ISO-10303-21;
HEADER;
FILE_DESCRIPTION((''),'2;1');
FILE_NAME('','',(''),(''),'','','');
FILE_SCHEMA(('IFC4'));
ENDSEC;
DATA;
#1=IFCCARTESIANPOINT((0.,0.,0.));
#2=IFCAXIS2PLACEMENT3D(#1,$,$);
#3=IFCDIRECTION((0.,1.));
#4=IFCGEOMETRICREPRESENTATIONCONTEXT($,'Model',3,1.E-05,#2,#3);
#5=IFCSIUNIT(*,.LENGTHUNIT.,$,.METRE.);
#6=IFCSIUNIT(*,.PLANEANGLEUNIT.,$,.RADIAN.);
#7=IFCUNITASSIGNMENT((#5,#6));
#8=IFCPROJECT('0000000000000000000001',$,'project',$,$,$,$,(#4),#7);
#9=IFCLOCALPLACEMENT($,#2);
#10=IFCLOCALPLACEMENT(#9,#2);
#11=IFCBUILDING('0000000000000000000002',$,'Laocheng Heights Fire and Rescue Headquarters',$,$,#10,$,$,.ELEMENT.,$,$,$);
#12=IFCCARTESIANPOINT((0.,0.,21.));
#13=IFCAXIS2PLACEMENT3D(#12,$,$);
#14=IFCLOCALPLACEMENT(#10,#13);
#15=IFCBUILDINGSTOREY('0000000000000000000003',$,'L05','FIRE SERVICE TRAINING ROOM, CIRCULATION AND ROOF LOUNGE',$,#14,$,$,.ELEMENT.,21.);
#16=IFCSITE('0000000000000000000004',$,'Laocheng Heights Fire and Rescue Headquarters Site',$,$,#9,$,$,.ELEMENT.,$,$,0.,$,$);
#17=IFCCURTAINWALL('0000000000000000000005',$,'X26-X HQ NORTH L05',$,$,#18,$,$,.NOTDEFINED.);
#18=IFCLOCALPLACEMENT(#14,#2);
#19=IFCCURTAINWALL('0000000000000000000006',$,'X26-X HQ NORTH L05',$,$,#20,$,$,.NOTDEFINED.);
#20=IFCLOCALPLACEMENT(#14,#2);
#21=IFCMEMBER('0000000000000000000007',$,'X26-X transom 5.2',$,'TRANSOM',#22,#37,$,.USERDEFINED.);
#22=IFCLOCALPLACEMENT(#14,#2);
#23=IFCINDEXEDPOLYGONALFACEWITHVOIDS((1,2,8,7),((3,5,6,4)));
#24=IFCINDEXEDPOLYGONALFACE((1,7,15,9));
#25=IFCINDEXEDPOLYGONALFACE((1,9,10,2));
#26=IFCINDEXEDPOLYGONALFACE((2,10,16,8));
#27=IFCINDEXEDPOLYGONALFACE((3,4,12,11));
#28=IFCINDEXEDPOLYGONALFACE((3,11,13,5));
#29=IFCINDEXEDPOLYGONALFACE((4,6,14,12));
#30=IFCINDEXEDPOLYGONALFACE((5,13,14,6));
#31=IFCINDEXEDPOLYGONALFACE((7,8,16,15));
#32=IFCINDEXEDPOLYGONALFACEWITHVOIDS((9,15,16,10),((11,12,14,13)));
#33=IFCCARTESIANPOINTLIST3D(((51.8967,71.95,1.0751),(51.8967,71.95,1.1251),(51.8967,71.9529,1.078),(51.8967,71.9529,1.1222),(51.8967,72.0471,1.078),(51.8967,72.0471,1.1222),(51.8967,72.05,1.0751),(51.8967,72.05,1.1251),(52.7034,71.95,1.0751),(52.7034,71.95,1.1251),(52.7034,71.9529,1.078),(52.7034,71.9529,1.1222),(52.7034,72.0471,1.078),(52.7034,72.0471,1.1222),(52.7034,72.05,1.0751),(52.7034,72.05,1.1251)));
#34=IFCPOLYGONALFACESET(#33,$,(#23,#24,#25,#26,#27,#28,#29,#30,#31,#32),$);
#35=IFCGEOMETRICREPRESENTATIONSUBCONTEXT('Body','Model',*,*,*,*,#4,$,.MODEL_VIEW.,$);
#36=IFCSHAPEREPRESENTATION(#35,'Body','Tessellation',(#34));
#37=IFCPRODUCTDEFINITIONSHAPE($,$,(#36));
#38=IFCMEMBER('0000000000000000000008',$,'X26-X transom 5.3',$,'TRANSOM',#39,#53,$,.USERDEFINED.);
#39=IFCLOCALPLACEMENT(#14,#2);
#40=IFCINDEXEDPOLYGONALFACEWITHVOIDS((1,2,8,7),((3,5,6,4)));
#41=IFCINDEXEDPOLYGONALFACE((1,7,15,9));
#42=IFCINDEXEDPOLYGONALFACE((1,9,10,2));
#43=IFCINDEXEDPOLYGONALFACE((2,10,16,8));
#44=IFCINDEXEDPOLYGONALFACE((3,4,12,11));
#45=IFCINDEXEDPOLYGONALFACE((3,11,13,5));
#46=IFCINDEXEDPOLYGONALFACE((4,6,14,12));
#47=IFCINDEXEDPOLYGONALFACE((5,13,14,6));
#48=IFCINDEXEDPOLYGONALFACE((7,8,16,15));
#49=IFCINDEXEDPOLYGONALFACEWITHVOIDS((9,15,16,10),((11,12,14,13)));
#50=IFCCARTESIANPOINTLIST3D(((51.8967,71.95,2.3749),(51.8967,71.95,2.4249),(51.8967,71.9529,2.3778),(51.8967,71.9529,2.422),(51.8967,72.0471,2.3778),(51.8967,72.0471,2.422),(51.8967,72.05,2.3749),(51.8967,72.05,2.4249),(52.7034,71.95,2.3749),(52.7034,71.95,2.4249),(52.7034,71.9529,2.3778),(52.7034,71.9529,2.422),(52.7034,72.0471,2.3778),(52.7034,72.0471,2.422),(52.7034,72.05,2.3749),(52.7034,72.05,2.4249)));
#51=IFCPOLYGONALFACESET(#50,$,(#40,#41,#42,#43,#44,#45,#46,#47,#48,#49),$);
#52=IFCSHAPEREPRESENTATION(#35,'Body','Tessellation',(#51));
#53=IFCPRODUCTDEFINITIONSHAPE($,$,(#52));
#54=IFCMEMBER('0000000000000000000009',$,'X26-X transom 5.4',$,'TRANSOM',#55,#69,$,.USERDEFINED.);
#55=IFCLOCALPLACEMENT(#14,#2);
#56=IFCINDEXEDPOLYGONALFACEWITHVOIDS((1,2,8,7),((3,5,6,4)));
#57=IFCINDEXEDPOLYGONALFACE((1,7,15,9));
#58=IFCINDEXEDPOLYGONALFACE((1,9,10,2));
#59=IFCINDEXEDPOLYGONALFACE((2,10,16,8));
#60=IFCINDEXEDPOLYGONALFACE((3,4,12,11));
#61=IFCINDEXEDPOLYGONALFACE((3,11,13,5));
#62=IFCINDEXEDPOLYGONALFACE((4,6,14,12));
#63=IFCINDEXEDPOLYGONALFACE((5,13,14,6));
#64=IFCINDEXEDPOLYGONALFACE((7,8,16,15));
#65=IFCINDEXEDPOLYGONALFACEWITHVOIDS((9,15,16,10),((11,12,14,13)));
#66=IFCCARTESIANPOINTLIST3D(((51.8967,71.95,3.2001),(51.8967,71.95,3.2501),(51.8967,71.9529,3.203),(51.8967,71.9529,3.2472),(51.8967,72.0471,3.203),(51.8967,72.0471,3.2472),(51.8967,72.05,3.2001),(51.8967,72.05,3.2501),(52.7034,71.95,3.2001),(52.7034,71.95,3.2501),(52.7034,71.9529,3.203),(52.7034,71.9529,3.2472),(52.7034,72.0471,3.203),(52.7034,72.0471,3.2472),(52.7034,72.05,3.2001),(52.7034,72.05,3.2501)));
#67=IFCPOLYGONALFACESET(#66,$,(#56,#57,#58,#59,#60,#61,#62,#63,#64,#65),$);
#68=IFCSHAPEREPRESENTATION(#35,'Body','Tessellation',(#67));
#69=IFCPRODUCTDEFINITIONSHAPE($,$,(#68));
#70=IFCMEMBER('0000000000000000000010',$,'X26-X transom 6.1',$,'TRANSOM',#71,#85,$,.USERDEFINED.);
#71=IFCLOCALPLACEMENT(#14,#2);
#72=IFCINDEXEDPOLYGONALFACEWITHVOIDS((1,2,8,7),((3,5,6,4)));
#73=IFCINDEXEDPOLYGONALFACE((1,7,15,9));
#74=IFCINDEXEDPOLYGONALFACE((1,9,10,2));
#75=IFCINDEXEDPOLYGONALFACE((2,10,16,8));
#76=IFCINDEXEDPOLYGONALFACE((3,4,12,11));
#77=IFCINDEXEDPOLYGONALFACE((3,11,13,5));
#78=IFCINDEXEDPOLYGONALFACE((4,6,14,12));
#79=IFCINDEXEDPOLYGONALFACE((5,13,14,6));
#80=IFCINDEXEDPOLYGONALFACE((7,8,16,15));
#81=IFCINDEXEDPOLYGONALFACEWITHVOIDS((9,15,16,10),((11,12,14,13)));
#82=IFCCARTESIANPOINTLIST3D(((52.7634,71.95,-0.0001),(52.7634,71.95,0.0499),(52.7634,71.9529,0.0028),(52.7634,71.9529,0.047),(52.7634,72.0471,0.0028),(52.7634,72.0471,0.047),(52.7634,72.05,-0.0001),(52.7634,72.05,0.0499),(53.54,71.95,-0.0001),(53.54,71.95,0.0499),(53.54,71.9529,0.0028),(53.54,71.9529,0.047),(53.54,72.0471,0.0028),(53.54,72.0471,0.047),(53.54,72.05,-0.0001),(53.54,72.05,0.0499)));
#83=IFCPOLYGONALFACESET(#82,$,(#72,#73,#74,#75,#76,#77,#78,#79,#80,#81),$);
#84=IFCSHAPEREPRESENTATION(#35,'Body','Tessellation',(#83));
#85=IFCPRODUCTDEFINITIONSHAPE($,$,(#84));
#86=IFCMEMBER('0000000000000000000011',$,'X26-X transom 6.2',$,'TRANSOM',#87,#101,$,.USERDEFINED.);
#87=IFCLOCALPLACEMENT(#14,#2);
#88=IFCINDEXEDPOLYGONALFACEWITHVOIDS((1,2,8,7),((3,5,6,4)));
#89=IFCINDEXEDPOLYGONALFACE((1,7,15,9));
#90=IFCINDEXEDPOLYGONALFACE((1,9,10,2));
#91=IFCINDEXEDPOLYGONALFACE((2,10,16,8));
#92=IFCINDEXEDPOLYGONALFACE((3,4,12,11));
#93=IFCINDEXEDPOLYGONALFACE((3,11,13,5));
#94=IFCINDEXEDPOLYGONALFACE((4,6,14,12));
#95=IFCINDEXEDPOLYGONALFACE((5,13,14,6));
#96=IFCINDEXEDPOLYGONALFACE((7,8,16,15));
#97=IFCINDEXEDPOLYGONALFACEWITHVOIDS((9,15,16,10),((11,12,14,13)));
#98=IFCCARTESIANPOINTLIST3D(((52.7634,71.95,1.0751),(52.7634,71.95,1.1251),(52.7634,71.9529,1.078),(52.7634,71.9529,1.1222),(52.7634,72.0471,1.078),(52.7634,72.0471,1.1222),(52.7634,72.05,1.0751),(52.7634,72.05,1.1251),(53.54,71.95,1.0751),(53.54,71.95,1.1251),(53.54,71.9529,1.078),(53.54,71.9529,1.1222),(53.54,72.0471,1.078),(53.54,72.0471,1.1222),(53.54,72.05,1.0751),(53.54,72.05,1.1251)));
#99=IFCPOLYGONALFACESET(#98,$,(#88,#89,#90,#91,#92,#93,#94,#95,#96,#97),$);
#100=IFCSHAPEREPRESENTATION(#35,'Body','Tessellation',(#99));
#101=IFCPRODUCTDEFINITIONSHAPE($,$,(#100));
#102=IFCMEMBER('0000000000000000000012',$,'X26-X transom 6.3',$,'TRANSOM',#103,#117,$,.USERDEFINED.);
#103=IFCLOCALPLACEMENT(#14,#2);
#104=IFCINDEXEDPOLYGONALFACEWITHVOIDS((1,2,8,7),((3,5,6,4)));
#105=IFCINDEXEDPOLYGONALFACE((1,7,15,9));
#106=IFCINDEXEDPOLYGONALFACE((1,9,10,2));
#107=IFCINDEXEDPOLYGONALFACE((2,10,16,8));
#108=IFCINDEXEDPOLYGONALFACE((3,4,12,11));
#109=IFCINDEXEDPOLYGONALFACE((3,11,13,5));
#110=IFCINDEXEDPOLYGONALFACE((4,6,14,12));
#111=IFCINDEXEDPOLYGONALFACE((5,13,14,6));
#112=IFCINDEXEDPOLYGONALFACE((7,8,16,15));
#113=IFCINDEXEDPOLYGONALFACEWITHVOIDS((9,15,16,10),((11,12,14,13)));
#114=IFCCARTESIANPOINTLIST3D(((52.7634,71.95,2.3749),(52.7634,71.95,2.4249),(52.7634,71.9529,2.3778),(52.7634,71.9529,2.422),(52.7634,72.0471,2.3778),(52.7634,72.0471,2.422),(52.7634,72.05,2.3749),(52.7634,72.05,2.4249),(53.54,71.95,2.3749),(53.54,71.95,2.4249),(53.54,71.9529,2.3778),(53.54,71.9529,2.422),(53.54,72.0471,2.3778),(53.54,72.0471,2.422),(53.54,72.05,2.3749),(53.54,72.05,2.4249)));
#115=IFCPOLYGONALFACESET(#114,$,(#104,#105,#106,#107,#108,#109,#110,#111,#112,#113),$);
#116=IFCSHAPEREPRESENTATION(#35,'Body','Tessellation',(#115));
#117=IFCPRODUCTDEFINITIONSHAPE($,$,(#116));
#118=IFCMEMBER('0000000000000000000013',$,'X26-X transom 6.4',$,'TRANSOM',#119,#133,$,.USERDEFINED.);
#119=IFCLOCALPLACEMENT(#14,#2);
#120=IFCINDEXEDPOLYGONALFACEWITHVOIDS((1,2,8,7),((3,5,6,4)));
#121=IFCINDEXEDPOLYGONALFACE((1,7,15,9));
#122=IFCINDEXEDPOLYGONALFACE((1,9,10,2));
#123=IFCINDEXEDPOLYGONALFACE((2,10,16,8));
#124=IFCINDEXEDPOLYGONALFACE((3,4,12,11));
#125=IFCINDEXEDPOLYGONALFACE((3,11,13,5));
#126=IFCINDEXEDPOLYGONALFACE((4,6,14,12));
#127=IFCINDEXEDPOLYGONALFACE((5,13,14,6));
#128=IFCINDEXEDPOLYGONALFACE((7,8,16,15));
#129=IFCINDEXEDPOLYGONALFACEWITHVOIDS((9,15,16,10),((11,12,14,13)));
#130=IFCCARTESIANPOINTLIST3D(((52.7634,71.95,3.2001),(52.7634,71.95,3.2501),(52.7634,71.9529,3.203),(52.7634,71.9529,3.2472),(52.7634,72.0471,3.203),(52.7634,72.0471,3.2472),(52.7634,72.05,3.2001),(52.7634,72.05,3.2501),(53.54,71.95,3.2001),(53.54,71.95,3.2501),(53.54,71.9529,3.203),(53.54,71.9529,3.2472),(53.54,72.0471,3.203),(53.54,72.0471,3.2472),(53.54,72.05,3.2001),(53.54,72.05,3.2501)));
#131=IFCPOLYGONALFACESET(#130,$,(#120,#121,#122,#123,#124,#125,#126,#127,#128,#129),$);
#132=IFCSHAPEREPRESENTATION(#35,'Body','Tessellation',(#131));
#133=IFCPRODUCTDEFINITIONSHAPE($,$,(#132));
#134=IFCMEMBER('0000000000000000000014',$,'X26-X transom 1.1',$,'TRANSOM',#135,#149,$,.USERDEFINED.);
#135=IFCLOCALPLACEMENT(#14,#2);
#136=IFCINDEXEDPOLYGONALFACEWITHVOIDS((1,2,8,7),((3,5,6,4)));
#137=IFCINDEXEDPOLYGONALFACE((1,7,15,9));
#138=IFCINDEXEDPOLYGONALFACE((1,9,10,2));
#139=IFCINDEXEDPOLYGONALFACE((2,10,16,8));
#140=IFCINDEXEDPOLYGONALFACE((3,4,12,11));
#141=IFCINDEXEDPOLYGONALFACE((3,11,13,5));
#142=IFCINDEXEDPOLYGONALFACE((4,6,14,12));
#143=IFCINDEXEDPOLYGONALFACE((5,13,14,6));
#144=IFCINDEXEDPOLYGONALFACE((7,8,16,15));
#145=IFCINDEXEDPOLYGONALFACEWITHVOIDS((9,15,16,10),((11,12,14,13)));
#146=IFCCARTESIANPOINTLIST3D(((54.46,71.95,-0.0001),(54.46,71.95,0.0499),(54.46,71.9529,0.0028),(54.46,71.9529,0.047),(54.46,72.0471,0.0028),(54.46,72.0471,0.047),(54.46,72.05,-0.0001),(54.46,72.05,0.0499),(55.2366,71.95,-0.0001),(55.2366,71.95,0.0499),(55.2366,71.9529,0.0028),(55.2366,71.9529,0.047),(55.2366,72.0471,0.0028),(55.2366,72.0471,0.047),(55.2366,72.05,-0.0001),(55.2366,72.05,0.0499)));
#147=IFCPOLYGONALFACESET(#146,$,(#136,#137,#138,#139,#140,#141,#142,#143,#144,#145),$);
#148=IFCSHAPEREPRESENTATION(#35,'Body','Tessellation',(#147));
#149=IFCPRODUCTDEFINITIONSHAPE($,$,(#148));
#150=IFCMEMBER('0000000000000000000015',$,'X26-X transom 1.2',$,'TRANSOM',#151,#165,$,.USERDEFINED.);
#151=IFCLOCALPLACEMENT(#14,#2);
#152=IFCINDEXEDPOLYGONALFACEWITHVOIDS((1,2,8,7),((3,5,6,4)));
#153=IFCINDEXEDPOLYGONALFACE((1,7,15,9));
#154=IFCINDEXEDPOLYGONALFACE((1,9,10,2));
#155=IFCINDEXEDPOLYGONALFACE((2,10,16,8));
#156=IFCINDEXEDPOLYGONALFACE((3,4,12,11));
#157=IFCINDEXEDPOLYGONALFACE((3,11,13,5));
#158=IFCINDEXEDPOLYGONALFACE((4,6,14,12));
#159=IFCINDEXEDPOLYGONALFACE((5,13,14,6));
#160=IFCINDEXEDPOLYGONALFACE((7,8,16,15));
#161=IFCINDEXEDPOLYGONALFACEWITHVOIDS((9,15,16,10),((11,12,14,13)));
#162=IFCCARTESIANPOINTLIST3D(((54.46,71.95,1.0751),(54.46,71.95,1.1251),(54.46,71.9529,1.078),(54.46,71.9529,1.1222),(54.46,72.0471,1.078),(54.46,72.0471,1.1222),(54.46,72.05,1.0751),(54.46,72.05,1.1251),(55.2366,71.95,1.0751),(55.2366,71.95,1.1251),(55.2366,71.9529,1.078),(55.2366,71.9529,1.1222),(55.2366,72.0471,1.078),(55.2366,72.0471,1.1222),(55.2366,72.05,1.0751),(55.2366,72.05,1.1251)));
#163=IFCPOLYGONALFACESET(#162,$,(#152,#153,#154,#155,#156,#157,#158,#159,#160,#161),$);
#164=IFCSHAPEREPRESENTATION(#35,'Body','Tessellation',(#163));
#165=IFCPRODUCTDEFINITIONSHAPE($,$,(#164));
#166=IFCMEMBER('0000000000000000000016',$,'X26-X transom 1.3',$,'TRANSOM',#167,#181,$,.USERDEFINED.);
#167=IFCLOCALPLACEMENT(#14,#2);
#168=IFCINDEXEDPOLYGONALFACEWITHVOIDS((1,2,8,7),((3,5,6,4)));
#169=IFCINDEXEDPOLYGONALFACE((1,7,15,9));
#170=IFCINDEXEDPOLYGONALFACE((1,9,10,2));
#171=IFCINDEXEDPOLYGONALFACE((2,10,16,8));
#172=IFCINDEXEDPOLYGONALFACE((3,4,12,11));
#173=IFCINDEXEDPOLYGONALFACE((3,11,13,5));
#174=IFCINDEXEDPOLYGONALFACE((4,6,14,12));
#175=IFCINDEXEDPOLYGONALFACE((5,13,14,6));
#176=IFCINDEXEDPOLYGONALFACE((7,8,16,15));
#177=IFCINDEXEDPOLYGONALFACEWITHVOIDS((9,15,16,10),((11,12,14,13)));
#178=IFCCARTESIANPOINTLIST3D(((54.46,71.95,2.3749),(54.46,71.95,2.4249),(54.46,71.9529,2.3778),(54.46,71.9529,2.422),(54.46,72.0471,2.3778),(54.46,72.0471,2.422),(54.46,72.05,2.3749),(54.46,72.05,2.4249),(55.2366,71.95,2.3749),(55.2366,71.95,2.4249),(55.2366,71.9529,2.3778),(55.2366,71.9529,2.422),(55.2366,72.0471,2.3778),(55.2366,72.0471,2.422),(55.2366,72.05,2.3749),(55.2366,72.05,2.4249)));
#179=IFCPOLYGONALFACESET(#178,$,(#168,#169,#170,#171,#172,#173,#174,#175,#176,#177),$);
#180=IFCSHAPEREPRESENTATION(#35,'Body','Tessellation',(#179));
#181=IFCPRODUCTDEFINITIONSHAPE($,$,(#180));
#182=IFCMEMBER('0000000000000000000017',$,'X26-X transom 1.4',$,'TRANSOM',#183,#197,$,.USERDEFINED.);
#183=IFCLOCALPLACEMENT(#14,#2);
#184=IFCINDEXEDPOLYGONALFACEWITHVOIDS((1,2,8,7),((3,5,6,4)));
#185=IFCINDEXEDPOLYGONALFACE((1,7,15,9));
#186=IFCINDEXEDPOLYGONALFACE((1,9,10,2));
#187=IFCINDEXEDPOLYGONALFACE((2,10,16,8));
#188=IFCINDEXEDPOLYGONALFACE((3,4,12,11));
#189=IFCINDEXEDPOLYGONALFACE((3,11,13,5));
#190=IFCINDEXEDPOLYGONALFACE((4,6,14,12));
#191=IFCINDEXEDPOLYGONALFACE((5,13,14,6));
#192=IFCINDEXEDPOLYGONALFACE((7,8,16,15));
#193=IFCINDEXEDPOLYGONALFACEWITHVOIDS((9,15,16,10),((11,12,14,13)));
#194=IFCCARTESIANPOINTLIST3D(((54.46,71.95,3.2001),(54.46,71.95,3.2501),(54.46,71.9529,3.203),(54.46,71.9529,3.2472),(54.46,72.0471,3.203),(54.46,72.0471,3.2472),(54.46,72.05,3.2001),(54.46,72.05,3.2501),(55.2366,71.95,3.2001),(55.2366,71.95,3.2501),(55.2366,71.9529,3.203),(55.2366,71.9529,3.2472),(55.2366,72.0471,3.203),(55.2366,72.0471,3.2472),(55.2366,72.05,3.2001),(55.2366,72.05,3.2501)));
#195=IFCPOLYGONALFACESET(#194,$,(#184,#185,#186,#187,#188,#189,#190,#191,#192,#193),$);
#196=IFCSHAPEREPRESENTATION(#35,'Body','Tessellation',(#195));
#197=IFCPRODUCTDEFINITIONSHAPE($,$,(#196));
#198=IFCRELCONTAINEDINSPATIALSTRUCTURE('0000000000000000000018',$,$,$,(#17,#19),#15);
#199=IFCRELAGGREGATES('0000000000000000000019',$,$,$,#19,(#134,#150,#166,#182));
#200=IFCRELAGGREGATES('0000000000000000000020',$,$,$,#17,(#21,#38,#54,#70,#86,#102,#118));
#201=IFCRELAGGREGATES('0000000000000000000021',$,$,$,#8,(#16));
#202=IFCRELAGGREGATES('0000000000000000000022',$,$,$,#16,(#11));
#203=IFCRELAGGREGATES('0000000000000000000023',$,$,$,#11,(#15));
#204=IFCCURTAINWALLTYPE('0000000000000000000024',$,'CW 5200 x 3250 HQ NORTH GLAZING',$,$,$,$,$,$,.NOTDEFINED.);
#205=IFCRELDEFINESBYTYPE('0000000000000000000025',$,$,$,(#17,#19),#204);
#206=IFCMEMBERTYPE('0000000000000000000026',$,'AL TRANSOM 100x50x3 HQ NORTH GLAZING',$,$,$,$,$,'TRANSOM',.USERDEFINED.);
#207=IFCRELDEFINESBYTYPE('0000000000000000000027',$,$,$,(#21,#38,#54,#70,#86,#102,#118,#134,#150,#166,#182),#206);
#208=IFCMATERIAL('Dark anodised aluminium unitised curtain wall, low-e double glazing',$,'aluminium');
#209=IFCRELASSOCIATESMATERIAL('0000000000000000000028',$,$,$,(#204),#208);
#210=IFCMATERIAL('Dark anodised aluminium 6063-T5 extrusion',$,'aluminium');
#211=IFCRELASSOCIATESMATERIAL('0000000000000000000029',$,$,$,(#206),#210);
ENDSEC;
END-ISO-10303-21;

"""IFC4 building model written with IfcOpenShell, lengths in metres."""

from ifc_helpers import new_model, si_unit, direction, frame, origin, origin_2d, place, context, subcontext, project, spatial, hollow_rectangle, extrude, material, material_profile, profile_set, type_object, element, aggregate, save


model = new_model("IFC4")

# Units and contexts
model_context = context("Model", 3, precision=1e-05, world=origin(), true_north=direction((0.0, 1.0)))
body_context = subcontext(model_context, "Body", "Model", "MODEL_VIEW")
ifc_project = project(units=[si_unit("LENGTHUNIT", "METRE"), si_unit("PLANEANGLEUNIT", "RADIAN")], contexts=[model_context])

# Site, building, storey
site_placement = place(None, origin())
site = spatial("IfcSite", under=ifc_project, at=site_placement, Name="Laocheng Heights Fire and Rescue Headquarters Site", CompositionType="ELEMENT", RefElevation=0.0)
building_placement = place(site_placement, origin())
building = spatial("IfcBuilding", under=site, at=building_placement, Name="Laocheng Heights Fire and Rescue Headquarters", CompositionType="ELEMENT")
storey_placement = place(building_placement, frame((0.0, 0.0, 21.0)))
storey = spatial("IfcBuildingStorey", under=building, at=storey_placement, Name="L05", Description="FIRE SERVICE TRAINING ROOM, CIRCULATION AND ROOF LOUNGE", CompositionType="ELEMENT", Elevation=21.0)

# Curtain wall
ifc_material_1 = material(Name="Dark anodised aluminium unitised curtain wall, low-e double glazing", Category="aluminium")
curtain_wall_type = type_object("IfcCurtainWallType", Name="CW 5200 x 3250 HQ NORTH GLAZING", PredefinedType="NOTDEFINED", material=ifc_material_1)
curtain_wall_1_placement = place(storey_placement, origin())
curtain_wall_1 = element("IfcCurtainWall", 1, at=curtain_wall_1_placement, inside=storey, type_object=curtain_wall_type, Name="X26-X HQ NORTH L05", PredefinedType="NOTDEFINED")

# Curtain wall
curtain_wall_2_placement = place(storey_placement, origin())
curtain_wall_2 = element("IfcCurtainWall", 2, at=curtain_wall_2_placement, inside=storey, type_object=curtain_wall_type, Name="X26-X HQ NORTH L05", PredefinedType="NOTDEFINED")

# Members
ifc_material_2 = material(Name="Dark anodised aluminium 6063-T5 extrusion", Category="aluminium")
ifc_material_profile_1 = material_profile(ifc_material_2, hollow_rectangle(XDim=0.1001, YDim=0.05, WallThickness=0.0029, at=origin_2d()), Name="AL TRANSOM 100x50x3 HQ NORTH GLAZING")
ifc_profile_set_1 = profile_set([ifc_material_profile_1], Name="Dark anodised aluminium 6063-T5 extrusion")
member_type_1 = type_object("IfcMemberType", Name="AL TRANSOM 100x50x3 HQ NORTH GLAZING", ElementType="TRANSOM", PredefinedType="USERDEFINED", material=ifc_profile_set_1)
member_1_placement = place(storey_placement, frame((51.8967, 72.0, 1.1001), z_axis=(1.0, 0.0, 0.0), x_axis=(0.0, 1.0, 0.0)))
member_1 = element("IfcMember", 3, at=member_1_placement, type_object=member_type_1, Name="X26-X transom 5.2", ObjectType="TRANSOM", PredefinedType="USERDEFINED", context=body_context, shape_type="SweptSolid", body=[
    extrude(hollow_rectangle(XDim=0.1001, YDim=0.05, WallThickness=0.0029, at=origin_2d()), origin(), (0.0, 0.0, 1.0), 0.8066),
])
member_2_placement = place(storey_placement, frame((51.8967, 72.0, 2.3999), z_axis=(1.0, 0.0, 0.0), x_axis=(0.0, 1.0, 0.0)))
member_2 = element("IfcMember", 4, at=member_2_placement, type_object=member_type_1, Name="X26-X transom 5.3", ObjectType="TRANSOM", PredefinedType="USERDEFINED", context=body_context, shape_type="SweptSolid", body=[
    extrude(hollow_rectangle(XDim=0.1001, YDim=0.05, WallThickness=0.0029, at=origin_2d()), origin(), (0.0, 0.0, 1.0), 0.8066),
])
member_3_placement = place(storey_placement, frame((51.8967, 72.0, 3.2251), z_axis=(1.0, 0.0, 0.0), x_axis=(0.0, 1.0, 0.0)))
member_3 = element("IfcMember", 5, at=member_3_placement, type_object=member_type_1, Name="X26-X transom 5.4", ObjectType="TRANSOM", PredefinedType="USERDEFINED", context=body_context, shape_type="SweptSolid", body=[
    extrude(hollow_rectangle(XDim=0.1001, YDim=0.05, WallThickness=0.0029, at=origin_2d()), origin(), (0.0, 0.0, 1.0), 0.8066),
])
member_4_placement = place(storey_placement, frame((52.7634, 72.0, 0.0249), z_axis=(1.0, 0.0, 0.0), x_axis=(0.0, 1.0, 0.0)))
member_4 = element("IfcMember", 6, at=member_4_placement, type_object=member_type_1, Name="X26-X transom 6.1", ObjectType="TRANSOM", PredefinedType="USERDEFINED", context=body_context, shape_type="SweptSolid", body=[
    extrude(hollow_rectangle(XDim=0.1001, YDim=0.05, WallThickness=0.0029, at=origin_2d()), origin(), (0.0, 0.0, 1.0), 0.7766),
])
member_5_placement = place(storey_placement, frame((52.7634, 72.0, 1.1001), z_axis=(1.0, 0.0, 0.0), x_axis=(0.0, 1.0, 0.0)))
member_5 = element("IfcMember", 7, at=member_5_placement, type_object=member_type_1, Name="X26-X transom 6.2", ObjectType="TRANSOM", PredefinedType="USERDEFINED", context=body_context, shape_type="SweptSolid", body=[
    extrude(hollow_rectangle(XDim=0.1001, YDim=0.05, WallThickness=0.0029, at=origin_2d()), origin(), (0.0, 0.0, 1.0), 0.7766),
])
member_6_placement = place(storey_placement, frame((52.7634, 72.0, 2.3999), z_axis=(1.0, 0.0, 0.0), x_axis=(0.0, 1.0, 0.0)))
member_6 = element("IfcMember", 8, at=member_6_placement, type_object=member_type_1, Name="X26-X transom 6.3", ObjectType="TRANSOM", PredefinedType="USERDEFINED", context=body_context, shape_type="SweptSolid", body=[
    extrude(hollow_rectangle(XDim=0.1001, YDim=0.05, WallThickness=0.0029, at=origin_2d()), origin(), (0.0, 0.0, 1.0), 0.7766),
])
member_7_placement = place(storey_placement, frame((52.7634, 72.0, 3.2251), z_axis=(1.0, 0.0, 0.0), x_axis=(0.0, 1.0, 0.0)))
member_7 = element("IfcMember", 9, at=member_7_placement, type_object=member_type_1, Name="X26-X transom 6.4", ObjectType="TRANSOM", PredefinedType="USERDEFINED", context=body_context, shape_type="SweptSolid", body=[
    extrude(hollow_rectangle(XDim=0.1001, YDim=0.05, WallThickness=0.0029, at=origin_2d()), origin(), (0.0, 0.0, 1.0), 0.7766),
])
member_8_placement = place(storey_placement, frame((54.46, 72.0, 0.0249), z_axis=(1.0, 0.0, 0.0), x_axis=(0.0, 1.0, 0.0)))
member_8 = element("IfcMember", 10, at=member_8_placement, type_object=member_type_1, Name="X26-X transom 1.1", ObjectType="TRANSOM", PredefinedType="USERDEFINED", context=body_context, shape_type="SweptSolid", body=[
    extrude(hollow_rectangle(XDim=0.1001, YDim=0.05, WallThickness=0.0029, at=origin_2d()), origin(), (0.0, 0.0, 1.0), 0.7766),
])
member_9_placement = place(storey_placement, frame((54.46, 72.0, 1.1001), z_axis=(1.0, 0.0, 0.0), x_axis=(0.0, 1.0, 0.0)))
member_9 = element("IfcMember", 11, at=member_9_placement, type_object=member_type_1, Name="X26-X transom 1.2", ObjectType="TRANSOM", PredefinedType="USERDEFINED", context=body_context, shape_type="SweptSolid", body=[
    extrude(hollow_rectangle(XDim=0.1001, YDim=0.05, WallThickness=0.0029, at=origin_2d()), origin(), (0.0, 0.0, 1.0), 0.7766),
])
member_10_placement = place(storey_placement, frame((54.46, 72.0, 2.3999), z_axis=(1.0, 0.0, 0.0), x_axis=(0.0, 1.0, 0.0)))
member_10 = element("IfcMember", 12, at=member_10_placement, type_object=member_type_1, Name="X26-X transom 1.3", ObjectType="TRANSOM", PredefinedType="USERDEFINED", context=body_context, shape_type="SweptSolid", body=[
    extrude(hollow_rectangle(XDim=0.1001, YDim=0.05, WallThickness=0.0029, at=origin_2d()), origin(), (0.0, 0.0, 1.0), 0.7766),
])
member_11_placement = place(storey_placement, frame((54.46, 72.0, 3.2251), z_axis=(1.0, 0.0, 0.0), x_axis=(0.0, 1.0, 0.0)))
member_11 = element("IfcMember", 13, at=member_11_placement, type_object=member_type_1, Name="X26-X transom 1.4", ObjectType="TRANSOM", PredefinedType="USERDEFINED", context=body_context, shape_type="SweptSolid", body=[
    extrude(hollow_rectangle(XDim=0.1001, YDim=0.05, WallThickness=0.0029, at=origin_2d()), origin(), (0.0, 0.0, 1.0), 0.7766),
])
aggregate(curtain_wall_2, [member_8, member_9, member_10, member_11])

aggregate(curtain_wall_1, [member_1, member_2, member_3, member_4, member_5, member_6, member_7])

save(model, "model.ifc")
